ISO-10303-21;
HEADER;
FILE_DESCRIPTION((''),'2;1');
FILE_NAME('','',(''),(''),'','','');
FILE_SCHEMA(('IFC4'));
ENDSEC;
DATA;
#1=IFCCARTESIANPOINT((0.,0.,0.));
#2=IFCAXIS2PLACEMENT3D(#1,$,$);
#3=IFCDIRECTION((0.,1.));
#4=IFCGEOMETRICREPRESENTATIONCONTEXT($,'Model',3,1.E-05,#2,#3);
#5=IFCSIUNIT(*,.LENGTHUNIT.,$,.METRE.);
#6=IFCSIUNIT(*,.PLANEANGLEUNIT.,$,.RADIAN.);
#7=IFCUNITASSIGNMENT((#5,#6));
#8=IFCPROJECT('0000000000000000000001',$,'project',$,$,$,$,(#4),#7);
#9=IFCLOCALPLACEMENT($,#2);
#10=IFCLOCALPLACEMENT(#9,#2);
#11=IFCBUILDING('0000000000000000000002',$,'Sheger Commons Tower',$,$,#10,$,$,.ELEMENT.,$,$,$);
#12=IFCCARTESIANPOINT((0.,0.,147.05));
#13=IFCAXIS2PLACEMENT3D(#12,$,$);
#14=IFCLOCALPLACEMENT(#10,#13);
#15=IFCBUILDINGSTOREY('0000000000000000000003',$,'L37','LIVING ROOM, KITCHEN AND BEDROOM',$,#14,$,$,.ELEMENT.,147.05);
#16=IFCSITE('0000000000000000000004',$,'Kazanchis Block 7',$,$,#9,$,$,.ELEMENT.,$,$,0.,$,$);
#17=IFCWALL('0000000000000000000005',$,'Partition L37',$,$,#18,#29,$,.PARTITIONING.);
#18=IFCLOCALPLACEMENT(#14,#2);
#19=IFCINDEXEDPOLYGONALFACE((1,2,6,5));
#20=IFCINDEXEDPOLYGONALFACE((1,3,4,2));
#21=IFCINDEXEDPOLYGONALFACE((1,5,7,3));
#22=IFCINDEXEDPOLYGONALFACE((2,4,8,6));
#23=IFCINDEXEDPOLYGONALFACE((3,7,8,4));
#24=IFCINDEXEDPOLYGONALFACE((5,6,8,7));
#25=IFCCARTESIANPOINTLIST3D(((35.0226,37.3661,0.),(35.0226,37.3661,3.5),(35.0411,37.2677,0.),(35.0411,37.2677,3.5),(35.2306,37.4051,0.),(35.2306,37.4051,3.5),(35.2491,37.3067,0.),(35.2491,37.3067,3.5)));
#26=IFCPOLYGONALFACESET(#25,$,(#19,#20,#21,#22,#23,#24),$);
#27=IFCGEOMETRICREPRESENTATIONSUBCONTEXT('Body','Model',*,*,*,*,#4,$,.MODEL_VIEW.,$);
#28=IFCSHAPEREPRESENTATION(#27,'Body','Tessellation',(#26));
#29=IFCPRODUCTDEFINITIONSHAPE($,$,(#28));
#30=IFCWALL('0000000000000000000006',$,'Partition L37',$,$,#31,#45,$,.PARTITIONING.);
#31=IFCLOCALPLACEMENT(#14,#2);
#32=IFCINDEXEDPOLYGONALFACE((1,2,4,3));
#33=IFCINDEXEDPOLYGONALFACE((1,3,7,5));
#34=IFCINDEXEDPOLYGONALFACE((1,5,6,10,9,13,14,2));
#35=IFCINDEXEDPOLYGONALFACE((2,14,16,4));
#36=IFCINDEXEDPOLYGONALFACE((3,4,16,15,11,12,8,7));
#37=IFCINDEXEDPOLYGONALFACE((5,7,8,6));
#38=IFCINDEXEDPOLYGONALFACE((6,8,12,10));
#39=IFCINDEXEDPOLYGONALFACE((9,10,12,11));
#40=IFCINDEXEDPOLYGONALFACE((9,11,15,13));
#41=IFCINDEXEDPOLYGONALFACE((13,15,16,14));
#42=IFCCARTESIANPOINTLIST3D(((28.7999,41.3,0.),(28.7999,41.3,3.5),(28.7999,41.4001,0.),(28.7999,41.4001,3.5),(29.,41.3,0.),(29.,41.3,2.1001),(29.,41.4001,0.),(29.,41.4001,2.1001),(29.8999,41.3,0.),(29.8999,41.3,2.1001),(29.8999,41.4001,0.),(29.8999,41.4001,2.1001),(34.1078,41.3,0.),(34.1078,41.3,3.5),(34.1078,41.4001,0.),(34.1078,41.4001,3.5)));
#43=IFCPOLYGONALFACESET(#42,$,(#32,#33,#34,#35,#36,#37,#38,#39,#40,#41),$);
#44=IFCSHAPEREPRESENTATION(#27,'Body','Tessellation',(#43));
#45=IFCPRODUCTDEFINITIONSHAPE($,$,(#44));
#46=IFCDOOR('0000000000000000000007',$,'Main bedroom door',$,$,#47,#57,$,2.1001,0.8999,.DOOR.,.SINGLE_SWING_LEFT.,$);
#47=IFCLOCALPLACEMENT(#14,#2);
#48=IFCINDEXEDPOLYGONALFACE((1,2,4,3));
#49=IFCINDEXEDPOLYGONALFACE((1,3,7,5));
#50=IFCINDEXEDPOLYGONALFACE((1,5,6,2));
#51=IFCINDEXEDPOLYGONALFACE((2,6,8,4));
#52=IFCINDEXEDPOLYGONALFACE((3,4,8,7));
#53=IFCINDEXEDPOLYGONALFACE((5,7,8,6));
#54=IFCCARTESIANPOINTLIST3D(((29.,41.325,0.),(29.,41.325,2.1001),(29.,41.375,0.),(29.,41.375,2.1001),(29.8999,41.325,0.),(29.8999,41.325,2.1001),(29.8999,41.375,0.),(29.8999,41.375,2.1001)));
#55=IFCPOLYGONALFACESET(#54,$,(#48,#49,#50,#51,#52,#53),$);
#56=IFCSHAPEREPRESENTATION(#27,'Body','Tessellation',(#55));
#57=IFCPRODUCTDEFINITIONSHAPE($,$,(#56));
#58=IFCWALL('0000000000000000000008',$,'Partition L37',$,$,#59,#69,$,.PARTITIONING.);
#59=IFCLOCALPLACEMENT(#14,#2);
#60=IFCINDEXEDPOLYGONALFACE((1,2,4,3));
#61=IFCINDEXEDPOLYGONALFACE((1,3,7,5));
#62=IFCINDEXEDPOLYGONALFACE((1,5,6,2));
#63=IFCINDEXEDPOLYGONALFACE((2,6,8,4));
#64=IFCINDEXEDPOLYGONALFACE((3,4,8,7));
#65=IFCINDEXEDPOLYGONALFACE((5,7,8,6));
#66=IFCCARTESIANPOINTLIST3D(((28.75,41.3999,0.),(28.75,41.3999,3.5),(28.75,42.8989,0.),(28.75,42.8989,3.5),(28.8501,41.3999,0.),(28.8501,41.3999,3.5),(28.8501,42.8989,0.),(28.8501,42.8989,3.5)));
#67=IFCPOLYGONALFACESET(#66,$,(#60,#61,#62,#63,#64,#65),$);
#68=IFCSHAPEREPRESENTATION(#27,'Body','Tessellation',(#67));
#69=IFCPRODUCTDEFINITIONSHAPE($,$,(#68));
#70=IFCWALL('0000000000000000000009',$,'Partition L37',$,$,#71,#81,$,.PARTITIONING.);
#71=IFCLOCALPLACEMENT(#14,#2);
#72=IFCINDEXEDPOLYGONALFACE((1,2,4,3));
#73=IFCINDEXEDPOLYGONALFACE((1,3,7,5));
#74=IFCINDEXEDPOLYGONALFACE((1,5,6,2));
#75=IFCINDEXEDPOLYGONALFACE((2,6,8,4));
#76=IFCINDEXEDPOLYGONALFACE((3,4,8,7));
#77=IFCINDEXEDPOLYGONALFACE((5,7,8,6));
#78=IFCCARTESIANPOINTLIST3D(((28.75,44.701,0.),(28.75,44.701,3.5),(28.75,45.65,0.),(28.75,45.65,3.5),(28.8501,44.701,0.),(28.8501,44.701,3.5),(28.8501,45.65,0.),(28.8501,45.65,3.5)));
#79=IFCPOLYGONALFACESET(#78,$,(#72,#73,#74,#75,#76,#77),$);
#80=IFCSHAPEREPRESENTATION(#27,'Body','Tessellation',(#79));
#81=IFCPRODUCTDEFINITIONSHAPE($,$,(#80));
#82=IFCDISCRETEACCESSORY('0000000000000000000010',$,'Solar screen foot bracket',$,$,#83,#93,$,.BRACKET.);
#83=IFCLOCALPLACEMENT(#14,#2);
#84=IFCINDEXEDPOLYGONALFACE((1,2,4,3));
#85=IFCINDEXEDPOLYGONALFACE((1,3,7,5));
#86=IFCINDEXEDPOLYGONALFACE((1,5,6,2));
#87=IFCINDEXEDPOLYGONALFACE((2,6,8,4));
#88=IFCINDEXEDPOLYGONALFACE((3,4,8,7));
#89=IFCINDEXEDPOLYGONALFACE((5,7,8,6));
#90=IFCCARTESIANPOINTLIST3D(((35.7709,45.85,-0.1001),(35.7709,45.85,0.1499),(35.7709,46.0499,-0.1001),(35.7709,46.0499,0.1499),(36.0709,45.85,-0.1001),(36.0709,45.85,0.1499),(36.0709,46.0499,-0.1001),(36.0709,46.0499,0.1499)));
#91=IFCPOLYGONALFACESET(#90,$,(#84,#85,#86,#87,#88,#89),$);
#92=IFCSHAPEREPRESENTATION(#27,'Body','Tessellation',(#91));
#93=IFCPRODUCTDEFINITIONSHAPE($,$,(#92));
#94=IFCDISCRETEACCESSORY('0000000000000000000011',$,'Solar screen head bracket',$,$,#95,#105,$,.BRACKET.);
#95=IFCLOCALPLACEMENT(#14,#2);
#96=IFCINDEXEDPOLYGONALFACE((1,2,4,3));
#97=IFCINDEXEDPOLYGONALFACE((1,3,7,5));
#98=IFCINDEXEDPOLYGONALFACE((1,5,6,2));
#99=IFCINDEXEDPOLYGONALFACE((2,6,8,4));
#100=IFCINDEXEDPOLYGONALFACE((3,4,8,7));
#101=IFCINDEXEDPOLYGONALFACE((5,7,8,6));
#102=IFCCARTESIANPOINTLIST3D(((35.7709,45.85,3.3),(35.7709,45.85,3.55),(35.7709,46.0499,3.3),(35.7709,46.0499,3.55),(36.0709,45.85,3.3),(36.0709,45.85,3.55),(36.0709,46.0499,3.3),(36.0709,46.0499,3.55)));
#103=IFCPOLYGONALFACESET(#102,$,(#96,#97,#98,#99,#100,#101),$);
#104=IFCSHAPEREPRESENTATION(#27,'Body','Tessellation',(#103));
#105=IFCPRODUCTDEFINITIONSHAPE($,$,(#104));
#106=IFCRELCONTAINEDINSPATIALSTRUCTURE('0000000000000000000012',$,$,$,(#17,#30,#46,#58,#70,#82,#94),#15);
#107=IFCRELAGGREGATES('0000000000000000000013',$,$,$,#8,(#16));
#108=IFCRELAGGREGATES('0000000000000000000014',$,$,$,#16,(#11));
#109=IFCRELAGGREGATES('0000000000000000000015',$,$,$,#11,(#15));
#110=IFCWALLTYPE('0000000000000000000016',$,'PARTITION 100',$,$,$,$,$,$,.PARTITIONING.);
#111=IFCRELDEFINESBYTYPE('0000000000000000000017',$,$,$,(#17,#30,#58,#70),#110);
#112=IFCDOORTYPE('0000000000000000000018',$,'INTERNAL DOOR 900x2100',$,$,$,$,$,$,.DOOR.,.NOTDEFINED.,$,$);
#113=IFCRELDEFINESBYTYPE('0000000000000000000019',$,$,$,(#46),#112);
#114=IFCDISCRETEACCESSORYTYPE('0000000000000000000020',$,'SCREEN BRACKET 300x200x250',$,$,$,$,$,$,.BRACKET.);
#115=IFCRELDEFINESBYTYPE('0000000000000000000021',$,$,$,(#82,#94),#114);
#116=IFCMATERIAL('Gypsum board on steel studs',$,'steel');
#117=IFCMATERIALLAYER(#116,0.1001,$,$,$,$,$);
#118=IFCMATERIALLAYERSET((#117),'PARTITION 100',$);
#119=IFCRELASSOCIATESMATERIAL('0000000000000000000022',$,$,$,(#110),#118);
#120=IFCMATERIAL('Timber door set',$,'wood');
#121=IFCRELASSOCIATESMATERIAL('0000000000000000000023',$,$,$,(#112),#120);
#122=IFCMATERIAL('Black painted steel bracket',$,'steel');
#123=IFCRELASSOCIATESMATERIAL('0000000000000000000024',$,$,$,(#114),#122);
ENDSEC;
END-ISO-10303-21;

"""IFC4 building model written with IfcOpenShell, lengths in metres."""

from ifc_helpers import new_model, si_unit, direction, frame, frame_2d, origin, origin_2d, place, context, subcontext, project, spatial, rectangle, extrude, material, layer, layer_set, type_object, element, fill, save


model = new_model("IFC4")

# Units and contexts
model_context = context("Model", 3, precision=1e-05, world=origin(), true_north=direction((0.0, 1.0)))
body_context = subcontext(model_context, "Body", "Model", "MODEL_VIEW")
ifc_project = project(units=[si_unit("LENGTHUNIT", "METRE"), si_unit("PLANEANGLEUNIT", "RADIAN")], contexts=[model_context])

# Site, building, storey
site_placement = place(None, origin())
site = spatial("IfcSite", under=ifc_project, at=site_placement, Name="Kazanchis Block 7", CompositionType="ELEMENT", RefElevation=0.0)
building_placement = place(site_placement, origin())
building = spatial("IfcBuilding", under=site, at=building_placement, Name="Sheger Commons Tower", CompositionType="ELEMENT")
storey_placement = place(building_placement, frame((0.0, 0.0, 147.05)))
storey = spatial("IfcBuildingStorey", under=building, at=storey_placement, Name="L37", Description="LIVING ROOM, KITCHEN AND BEDROOM", CompositionType="ELEMENT", Elevation=147.05)

# Wall
ifc_material_1 = material(Name="Gypsum board on steel studs", Category="steel")
ifc_layer_1 = layer(ifc_material_1, 0.1001)
ifc_layer_set_1 = layer_set([ifc_layer_1], Name="PARTITION 100")
wall_type_1 = type_object("IfcWallType", Name="PARTITION 100", PredefinedType="PARTITIONING", material=ifc_layer_set_1)
wall_1_placement = place(storey_placement, frame((35.24, 37.356, 0.0), z_axis=(0.0, 0.0, 1.0), x_axis=(-0.98282, -0.184567, 0.0)))
element("IfcWall", 1, at=wall_1_placement, inside=storey, type_object=wall_type_1, Name="Partition L37", PredefinedType="PARTITIONING", context=body_context, shape_type="SweptSolid", body=[
    extrude(rectangle(XDim=0.2117, YDim=0.1001, at=frame_2d((0.106, 0.0))), origin(), (0.0, 0.0, 1.0), 3.5),
])

# Wall, opening, door
wall_2_placement = place(storey_placement, frame((28.8, 41.3501, 0.0), z_axis=(0.0, 0.0, 1.0), x_axis=(1.0, 0.0, 0.0)))
wall_2 = element("IfcWall", 2, at=wall_2_placement, inside=storey, type_object=wall_type_1, Name="Partition L37", PredefinedType="PARTITIONING", context=body_context, shape_type="SweptSolid", body=[
    extrude(rectangle(XDim=5.3079, YDim=0.1001, at=frame_2d((2.6538, 0.0))), origin(), (0.0, 0.0, 1.0), 3.5),
])
opening_1_placement = place(wall_2_placement, frame((0.2, 0.0, 0.0)))
opening_1 = element("IfcOpeningElement", 3, at=opening_1_placement, cuts=wall_2, PredefinedType="OPENING", context=body_context, shape_type="SweptSolid", body=[
    extrude(rectangle(XDim=0.8999, YDim=2.1001, at=frame_2d((0.45, 1.05))), frame((0.0, 0.0601, 0.0), z_axis=(0.0, -1.0, 0.0), x_axis=(1.0, 0.0, 0.0)), (0.0, 0.0, 1.0), 0.1201),
])
ifc_material_2 = material(Name="Timber door set", Category="wood")
door_type_1 = type_object("IfcDoorType", Name="INTERNAL DOOR 900x2100", OperationType="NOTDEFINED", PredefinedType="DOOR", material=ifc_material_2)
door_1_placement = place(opening_1_placement, origin())
door_1 = element("IfcDoor", 4, at=door_1_placement, inside=storey, type_object=door_type_1, Name="Main bedroom door", OperationType="SINGLE_SWING_LEFT", OverallHeight=2.1001, OverallWidth=0.8999, PredefinedType="DOOR", context=body_context, shape_type="SweptSolid", body=[
    extrude(rectangle(XDim=0.8999, YDim=2.1001, at=frame_2d((0.45, 1.05))), frame((0.0, 0.0249, 0.0), z_axis=(0.0, -1.0, 0.0), x_axis=(1.0, 0.0, 0.0)), (0.0, 0.0, 1.0), 0.05),
])
fill(opening_1, door_1)

# Walls
wall_3_placement = place(storey_placement, frame((28.8, 41.3999, 0.0), z_axis=(0.0, 0.0, 1.0), x_axis=(0.0, 1.0, 0.0)))
element("IfcWall", 5, at=wall_3_placement, inside=storey, type_object=wall_type_1, Name="Partition L37", PredefinedType="PARTITIONING", context=body_context, shape_type="SweptSolid", body=[
    extrude(rectangle(XDim=1.499, YDim=0.1001, at=frame_2d((0.7495, 0.0))), origin(), (0.0, 0.0, 1.0), 3.5),
])
wall_4_placement = place(storey_placement, frame((28.8, 44.7009, 0.0), z_axis=(0.0, 0.0, 1.0), x_axis=(0.0, 1.0, 0.0)))
element("IfcWall", 6, at=wall_4_placement, inside=storey, type_object=wall_type_1, Name="Partition L37", PredefinedType="PARTITIONING", context=body_context, shape_type="SweptSolid", body=[
    extrude(rectangle(XDim=0.949, YDim=0.1001, at=frame_2d((0.4746, 0.0))), origin(), (0.0, 0.0, 1.0), 3.5),
])

# Discrete accessories
ifc_material_3 = material(Name="Black painted steel bracket", Category="steel")
discrete_accessory_type = type_object("IfcDiscreteAccessoryType", Name="SCREEN BRACKET 300x200x250", PredefinedType="BRACKET", material=ifc_material_3)
for number, where, z_axis, x_axis, name in (
    (7, (35.9209, 45.95, -0.1001), (0.0, 0.0, 1.0), (-1.0, 0.0, 0.0), "Solar screen foot bracket"),
    (8, (35.9209, 45.95, 3.3), (0.0, 0.0, 1.0), (-1.0, 0.0, 0.0), "Solar screen head bracket"),
):
    element("IfcDiscreteAccessory", number, at=place(storey_placement, frame(where, z_axis=z_axis, x_axis=x_axis)), inside=storey, type_object=discrete_accessory_type, Name=name, PredefinedType="BRACKET", context=body_context, shape_type="SweptSolid", body=[
        extrude(rectangle(XDim=0.3, YDim=0.2, at=origin_2d()), origin(), (0.0, 0.0, 1.0), 0.25),
    ])

save(model, "model.ifc")
